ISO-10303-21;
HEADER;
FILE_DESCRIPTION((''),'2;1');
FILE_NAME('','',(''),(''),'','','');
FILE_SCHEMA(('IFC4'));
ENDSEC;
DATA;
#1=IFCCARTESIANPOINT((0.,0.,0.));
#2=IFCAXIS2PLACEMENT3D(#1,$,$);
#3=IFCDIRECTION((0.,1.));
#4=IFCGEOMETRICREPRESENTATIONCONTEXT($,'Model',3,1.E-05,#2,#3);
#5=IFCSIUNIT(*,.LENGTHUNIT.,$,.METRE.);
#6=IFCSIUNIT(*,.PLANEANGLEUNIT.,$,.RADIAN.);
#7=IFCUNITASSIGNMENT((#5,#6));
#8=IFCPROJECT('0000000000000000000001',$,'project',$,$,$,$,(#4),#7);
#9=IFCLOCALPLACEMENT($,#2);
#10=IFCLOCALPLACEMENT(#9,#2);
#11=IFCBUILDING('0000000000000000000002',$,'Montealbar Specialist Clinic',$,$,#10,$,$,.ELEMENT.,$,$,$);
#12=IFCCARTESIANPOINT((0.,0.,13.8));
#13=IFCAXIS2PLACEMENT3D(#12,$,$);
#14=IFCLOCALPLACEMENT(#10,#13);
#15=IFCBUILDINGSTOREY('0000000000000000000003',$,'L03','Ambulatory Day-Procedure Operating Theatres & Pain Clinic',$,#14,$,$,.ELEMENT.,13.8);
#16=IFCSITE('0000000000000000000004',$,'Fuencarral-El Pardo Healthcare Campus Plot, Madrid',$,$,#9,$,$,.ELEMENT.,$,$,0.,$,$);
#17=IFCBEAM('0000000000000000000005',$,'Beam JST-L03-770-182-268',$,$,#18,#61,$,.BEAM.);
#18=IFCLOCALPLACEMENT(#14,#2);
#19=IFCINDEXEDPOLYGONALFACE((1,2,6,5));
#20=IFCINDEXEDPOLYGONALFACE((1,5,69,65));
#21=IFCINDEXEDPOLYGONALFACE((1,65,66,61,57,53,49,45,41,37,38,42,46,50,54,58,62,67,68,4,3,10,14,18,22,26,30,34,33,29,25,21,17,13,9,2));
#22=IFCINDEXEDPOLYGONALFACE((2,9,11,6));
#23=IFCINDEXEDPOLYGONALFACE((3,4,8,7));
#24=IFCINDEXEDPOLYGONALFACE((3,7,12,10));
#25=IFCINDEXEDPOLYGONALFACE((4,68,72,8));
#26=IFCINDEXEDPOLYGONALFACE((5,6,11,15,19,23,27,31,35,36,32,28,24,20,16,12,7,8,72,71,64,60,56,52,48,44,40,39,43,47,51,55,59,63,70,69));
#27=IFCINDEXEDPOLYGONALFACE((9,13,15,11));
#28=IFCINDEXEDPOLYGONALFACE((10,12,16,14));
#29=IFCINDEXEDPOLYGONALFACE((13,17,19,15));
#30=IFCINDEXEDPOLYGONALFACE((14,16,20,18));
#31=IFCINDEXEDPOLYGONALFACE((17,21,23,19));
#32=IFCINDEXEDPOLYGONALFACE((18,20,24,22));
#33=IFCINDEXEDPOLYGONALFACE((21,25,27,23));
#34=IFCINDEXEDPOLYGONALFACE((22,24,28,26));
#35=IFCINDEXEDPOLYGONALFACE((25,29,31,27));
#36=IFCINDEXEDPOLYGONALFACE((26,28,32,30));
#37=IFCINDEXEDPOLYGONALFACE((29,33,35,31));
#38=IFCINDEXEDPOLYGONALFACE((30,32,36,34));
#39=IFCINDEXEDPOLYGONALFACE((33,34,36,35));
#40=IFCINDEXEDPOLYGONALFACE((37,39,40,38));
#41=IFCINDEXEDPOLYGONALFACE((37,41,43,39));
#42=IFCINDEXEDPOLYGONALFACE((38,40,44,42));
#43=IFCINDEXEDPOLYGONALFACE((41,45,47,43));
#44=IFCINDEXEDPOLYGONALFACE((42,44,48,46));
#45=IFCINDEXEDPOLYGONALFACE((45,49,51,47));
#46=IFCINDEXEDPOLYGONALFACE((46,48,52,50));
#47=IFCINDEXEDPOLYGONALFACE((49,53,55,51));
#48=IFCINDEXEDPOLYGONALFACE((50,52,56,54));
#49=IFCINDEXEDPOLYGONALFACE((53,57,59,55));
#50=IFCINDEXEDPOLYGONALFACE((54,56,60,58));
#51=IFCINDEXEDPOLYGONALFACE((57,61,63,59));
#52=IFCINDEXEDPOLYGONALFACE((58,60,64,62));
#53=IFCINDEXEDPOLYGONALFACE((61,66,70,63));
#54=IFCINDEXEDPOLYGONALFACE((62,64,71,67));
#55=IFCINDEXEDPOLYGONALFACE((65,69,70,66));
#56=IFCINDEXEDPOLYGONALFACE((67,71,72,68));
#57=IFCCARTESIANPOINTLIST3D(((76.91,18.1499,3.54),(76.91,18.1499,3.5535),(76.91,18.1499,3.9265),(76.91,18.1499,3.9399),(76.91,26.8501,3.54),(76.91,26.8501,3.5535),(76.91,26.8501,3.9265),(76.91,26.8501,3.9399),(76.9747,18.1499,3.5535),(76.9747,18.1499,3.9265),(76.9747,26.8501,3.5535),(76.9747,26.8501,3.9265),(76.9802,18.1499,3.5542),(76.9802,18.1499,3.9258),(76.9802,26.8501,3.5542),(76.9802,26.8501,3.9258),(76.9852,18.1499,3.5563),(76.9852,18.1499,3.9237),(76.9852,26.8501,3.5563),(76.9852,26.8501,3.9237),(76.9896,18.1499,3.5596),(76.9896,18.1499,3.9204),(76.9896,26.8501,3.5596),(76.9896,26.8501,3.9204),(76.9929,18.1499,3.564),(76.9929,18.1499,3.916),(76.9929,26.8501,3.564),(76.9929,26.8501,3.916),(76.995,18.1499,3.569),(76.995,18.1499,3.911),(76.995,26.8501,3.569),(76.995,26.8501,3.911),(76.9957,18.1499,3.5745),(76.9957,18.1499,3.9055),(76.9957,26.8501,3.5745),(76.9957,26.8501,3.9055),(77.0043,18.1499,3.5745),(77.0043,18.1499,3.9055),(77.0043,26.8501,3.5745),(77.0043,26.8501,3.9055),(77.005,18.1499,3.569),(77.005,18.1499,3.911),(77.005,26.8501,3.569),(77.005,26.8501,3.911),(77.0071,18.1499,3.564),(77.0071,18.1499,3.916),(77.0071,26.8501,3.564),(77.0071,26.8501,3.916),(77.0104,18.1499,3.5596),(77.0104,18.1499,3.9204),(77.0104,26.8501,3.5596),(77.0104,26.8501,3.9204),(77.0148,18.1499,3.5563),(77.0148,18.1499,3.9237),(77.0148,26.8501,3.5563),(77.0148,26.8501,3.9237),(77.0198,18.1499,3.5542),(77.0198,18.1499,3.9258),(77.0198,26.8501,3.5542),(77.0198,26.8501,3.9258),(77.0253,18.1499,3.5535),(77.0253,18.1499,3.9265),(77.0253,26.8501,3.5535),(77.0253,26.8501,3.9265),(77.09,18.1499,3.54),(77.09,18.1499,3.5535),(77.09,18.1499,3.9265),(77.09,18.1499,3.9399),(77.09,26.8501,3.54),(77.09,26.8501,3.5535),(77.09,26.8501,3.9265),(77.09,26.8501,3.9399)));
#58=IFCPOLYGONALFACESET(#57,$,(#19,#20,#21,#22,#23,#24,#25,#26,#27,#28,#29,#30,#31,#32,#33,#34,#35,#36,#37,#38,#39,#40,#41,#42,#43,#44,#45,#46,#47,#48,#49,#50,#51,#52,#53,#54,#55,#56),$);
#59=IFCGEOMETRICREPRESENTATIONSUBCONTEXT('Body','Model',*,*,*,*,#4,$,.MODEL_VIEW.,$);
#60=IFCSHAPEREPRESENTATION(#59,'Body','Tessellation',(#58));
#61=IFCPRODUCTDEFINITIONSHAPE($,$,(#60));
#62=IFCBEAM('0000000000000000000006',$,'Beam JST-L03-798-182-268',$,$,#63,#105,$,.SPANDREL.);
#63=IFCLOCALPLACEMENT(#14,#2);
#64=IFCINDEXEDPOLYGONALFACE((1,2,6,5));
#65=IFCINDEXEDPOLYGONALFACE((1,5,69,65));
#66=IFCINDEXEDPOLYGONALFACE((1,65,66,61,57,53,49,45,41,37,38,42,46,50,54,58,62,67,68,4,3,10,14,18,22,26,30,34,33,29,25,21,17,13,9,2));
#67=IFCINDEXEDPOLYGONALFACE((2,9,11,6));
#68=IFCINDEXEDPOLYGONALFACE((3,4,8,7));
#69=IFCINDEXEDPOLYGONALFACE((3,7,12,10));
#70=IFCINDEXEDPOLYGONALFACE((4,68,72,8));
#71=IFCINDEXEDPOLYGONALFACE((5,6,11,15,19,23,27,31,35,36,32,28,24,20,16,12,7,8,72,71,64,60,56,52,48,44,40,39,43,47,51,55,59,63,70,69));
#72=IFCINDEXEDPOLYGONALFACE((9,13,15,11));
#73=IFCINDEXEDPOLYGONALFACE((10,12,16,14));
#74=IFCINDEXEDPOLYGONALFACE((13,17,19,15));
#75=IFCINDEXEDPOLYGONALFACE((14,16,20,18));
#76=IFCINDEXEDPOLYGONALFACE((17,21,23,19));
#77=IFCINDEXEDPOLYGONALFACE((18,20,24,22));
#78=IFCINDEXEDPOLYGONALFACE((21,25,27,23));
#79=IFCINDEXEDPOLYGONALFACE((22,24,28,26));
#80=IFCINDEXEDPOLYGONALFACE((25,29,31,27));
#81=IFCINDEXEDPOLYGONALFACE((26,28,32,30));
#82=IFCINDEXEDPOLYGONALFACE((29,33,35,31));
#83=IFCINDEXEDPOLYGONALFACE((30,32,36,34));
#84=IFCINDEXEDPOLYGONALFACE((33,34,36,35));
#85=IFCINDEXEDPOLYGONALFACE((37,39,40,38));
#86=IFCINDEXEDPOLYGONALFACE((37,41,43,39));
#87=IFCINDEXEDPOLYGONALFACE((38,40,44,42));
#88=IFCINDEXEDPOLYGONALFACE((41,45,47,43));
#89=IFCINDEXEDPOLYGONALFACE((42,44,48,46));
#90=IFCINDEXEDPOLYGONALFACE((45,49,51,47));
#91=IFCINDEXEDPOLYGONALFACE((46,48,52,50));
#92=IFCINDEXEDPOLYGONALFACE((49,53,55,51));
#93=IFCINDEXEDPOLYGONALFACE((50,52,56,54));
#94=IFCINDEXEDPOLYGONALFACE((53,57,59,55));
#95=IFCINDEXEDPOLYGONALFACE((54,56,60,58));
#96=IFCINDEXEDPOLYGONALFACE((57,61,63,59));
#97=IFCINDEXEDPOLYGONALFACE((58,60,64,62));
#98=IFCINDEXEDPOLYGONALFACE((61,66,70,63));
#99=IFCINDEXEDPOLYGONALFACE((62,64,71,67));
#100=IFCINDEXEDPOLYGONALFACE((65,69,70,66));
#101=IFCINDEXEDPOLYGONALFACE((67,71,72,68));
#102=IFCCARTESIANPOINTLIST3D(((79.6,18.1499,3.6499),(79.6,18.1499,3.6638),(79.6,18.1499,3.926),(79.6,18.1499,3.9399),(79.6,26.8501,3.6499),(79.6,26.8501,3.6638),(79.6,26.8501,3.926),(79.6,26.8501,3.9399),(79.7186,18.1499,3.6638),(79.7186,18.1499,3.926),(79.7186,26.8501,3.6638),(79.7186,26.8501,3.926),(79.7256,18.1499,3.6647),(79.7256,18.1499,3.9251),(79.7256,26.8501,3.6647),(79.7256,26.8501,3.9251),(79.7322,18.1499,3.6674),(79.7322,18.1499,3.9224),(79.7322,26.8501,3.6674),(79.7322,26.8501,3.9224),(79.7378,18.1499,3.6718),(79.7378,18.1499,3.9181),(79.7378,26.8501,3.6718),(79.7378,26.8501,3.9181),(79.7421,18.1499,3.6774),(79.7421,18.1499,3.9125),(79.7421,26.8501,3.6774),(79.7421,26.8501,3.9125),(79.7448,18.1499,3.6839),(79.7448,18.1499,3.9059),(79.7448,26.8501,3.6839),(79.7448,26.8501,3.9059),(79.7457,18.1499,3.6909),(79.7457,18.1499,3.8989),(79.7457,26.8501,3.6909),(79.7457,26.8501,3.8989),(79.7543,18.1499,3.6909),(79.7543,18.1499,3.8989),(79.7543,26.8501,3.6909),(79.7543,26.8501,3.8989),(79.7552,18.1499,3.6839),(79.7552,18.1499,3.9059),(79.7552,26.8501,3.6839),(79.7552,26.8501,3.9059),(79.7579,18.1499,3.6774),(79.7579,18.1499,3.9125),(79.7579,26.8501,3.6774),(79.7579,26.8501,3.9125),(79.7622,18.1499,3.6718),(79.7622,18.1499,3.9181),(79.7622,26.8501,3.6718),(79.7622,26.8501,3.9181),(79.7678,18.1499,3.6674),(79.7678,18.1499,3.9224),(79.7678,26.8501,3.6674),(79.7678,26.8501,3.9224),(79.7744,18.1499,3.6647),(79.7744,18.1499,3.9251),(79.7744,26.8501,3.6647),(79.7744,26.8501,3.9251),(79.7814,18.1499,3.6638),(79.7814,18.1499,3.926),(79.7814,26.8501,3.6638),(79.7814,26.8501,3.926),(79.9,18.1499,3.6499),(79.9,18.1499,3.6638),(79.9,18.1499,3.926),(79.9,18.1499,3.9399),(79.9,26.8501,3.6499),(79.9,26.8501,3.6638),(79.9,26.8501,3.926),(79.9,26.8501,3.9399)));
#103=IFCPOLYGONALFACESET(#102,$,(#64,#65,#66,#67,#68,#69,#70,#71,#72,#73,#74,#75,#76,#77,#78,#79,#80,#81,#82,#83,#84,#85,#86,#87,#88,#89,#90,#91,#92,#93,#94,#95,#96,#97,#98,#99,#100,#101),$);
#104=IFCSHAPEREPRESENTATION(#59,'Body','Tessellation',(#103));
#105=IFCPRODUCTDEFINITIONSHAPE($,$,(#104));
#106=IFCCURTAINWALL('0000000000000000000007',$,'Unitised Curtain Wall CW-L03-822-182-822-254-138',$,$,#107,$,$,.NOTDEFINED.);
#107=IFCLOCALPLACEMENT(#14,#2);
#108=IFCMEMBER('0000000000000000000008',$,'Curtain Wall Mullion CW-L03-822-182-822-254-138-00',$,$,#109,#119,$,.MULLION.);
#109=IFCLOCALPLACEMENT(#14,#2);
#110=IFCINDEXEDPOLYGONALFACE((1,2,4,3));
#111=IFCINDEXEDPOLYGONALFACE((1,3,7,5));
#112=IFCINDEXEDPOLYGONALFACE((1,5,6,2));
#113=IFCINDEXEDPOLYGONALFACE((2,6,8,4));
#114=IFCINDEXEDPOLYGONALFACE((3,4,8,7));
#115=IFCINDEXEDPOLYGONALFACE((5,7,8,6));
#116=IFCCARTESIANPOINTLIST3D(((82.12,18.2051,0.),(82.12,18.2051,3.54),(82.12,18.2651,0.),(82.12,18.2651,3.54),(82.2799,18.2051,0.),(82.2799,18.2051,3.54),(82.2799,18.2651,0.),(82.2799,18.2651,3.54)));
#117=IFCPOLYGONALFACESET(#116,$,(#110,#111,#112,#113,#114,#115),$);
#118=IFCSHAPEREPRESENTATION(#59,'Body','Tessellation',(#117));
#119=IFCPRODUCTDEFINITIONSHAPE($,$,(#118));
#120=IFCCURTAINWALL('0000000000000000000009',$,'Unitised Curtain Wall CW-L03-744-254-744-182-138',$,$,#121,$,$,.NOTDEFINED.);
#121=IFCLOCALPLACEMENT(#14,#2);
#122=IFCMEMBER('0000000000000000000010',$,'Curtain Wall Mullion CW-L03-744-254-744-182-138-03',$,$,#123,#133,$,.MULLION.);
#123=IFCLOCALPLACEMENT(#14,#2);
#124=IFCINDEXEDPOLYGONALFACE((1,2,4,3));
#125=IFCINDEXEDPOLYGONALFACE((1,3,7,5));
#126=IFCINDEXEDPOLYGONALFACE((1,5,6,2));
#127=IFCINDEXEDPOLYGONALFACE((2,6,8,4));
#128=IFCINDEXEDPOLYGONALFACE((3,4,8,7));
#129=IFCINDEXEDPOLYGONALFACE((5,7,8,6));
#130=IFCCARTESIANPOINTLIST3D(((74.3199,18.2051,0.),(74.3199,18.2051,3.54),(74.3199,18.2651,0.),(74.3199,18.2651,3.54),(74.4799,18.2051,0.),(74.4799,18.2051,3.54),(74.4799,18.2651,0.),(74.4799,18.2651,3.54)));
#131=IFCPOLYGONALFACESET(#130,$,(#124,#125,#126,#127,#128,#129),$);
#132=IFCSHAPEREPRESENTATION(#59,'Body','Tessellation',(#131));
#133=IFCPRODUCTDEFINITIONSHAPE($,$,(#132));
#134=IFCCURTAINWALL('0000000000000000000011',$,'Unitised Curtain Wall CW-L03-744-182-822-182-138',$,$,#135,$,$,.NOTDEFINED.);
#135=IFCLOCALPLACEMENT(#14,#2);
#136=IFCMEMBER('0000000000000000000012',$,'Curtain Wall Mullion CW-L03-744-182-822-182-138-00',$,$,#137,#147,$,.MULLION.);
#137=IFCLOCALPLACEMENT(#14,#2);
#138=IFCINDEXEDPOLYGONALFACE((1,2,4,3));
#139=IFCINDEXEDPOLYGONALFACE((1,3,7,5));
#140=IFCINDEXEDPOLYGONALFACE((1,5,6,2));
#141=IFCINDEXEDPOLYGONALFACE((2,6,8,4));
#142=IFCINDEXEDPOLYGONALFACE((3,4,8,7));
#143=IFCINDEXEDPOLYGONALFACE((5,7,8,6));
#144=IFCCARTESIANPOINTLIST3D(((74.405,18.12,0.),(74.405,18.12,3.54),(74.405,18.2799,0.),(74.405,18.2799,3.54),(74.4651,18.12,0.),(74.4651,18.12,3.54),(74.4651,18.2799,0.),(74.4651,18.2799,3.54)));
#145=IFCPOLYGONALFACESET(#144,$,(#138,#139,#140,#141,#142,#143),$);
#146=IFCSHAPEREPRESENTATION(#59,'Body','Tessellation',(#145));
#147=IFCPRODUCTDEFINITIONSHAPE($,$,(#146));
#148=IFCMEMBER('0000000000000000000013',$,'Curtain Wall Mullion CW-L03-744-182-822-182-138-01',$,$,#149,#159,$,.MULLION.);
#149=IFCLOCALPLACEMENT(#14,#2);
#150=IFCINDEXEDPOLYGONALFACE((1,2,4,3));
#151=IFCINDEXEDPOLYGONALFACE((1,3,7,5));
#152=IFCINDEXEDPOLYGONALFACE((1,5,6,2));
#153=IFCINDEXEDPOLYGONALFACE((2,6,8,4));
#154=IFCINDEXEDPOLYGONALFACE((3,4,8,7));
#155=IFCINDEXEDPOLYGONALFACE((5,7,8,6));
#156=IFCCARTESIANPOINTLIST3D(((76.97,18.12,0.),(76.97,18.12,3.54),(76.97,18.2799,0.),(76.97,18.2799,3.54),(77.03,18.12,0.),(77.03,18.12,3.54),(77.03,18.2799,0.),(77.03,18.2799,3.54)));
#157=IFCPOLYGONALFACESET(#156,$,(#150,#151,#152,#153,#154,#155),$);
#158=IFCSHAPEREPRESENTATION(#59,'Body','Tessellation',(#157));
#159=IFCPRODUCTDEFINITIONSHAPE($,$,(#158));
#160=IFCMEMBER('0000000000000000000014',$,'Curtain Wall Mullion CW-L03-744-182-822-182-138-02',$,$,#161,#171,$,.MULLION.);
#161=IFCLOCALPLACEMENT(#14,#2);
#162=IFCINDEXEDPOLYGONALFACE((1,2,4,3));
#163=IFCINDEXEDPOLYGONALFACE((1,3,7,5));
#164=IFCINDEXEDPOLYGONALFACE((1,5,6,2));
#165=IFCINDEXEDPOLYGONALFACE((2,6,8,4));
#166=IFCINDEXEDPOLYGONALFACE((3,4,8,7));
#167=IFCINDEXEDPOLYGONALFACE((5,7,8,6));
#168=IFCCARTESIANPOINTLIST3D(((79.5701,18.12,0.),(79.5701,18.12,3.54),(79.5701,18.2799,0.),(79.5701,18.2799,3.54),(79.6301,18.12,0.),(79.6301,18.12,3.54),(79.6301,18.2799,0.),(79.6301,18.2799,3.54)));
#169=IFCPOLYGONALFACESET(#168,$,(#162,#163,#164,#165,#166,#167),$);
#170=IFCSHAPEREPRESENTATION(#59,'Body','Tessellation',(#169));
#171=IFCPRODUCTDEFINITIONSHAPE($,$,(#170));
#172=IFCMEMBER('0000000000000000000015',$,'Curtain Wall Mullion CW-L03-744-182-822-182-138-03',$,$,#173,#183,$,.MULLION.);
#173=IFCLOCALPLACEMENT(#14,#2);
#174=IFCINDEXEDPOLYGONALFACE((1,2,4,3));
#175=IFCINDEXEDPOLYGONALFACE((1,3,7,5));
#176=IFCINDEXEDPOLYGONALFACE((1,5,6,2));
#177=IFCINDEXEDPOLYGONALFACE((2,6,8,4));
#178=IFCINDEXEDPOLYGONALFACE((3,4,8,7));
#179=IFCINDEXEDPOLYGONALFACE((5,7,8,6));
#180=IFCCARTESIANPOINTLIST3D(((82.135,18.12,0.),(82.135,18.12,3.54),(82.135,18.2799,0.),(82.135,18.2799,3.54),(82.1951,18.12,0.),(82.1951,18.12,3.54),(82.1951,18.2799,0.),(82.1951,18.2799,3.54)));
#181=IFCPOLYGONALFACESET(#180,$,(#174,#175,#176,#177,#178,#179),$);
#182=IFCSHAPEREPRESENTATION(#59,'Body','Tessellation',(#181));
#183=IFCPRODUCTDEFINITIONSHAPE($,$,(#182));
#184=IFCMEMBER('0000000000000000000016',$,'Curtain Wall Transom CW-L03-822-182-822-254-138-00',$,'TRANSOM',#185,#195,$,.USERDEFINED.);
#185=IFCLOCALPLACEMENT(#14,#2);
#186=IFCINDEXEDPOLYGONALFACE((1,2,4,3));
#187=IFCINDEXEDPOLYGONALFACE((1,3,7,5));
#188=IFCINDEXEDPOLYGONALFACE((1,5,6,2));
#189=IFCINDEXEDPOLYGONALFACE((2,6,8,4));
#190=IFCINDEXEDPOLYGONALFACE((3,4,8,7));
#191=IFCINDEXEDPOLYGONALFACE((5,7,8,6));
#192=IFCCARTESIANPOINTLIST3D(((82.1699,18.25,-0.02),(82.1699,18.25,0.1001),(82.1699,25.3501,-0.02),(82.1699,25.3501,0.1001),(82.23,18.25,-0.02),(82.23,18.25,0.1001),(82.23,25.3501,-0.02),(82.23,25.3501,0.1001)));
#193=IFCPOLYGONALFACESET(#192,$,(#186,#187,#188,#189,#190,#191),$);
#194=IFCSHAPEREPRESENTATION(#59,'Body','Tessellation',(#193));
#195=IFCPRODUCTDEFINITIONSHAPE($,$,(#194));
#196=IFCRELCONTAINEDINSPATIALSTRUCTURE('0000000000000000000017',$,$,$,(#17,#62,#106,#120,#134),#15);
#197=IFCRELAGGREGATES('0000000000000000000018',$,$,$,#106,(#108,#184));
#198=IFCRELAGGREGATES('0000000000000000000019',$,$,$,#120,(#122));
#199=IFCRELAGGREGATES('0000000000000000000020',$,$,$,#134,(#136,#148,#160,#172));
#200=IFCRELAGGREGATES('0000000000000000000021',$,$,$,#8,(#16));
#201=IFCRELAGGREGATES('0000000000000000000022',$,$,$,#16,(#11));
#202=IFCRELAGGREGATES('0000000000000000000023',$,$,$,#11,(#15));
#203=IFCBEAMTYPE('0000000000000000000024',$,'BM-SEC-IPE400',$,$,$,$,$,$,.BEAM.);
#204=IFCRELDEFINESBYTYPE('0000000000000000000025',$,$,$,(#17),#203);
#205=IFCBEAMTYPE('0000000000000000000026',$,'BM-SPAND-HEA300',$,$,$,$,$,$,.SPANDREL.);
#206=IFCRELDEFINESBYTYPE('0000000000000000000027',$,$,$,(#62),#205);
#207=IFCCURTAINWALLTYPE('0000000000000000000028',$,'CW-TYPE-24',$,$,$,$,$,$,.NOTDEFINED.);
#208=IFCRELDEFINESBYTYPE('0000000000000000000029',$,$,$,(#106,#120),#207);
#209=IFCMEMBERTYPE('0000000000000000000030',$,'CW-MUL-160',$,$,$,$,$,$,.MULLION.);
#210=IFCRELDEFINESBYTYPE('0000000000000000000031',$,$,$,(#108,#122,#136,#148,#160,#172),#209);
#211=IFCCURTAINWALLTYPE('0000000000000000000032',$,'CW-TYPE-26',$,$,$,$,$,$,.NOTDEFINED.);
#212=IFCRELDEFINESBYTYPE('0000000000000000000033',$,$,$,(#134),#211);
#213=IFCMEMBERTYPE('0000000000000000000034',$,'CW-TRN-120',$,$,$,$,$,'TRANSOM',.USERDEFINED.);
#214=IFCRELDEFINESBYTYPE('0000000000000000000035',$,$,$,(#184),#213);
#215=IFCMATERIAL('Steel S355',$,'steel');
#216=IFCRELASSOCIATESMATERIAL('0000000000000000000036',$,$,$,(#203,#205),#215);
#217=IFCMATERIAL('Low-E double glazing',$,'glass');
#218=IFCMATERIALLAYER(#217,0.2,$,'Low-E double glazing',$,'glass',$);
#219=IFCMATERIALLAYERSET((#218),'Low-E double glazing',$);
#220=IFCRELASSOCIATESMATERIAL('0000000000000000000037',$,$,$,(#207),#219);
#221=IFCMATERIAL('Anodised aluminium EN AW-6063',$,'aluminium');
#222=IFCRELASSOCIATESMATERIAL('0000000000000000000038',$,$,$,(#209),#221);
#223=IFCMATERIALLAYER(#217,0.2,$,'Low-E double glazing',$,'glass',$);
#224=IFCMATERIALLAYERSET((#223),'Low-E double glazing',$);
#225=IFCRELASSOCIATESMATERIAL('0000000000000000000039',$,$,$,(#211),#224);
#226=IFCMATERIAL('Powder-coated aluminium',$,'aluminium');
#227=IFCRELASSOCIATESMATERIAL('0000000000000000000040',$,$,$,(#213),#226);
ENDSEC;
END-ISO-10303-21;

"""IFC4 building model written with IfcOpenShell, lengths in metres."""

from ifc_helpers import new_model, si_unit, direction, frame, origin, origin_2d, place, context, subcontext, project, spatial, rectangle, i_section, extrude, material, layer, layer_set, material_profile, profile_set, type_object, element, aggregate, save


model = new_model("IFC4")

# Units and contexts
model_context = context("Model", 3, precision=1e-05, world=origin(), true_north=direction((0.0, 1.0)))
body_context = subcontext(model_context, "Body", "Model", "MODEL_VIEW")
ifc_project = project(units=[si_unit("LENGTHUNIT", "METRE"), si_unit("PLANEANGLEUNIT", "RADIAN")], contexts=[model_context])

# Site, building, storey
site_placement = place(None, origin())
site = spatial("IfcSite", under=ifc_project, at=site_placement, Name="Fuencarral-El Pardo Healthcare Campus Plot, Madrid", CompositionType="ELEMENT", RefElevation=0.0)
building_placement = place(site_placement, origin())
building = spatial("IfcBuilding", under=site, at=building_placement, Name="Montealbar Specialist Clinic", CompositionType="ELEMENT")
storey_placement = place(building_placement, frame((0.0, 0.0, 13.8)))
storey = spatial("IfcBuildingStorey", under=building, at=storey_placement, Name="L03", Description="Ambulatory Day-Procedure Operating Theatres & Pain Clinic", CompositionType="ELEMENT", Elevation=13.8)

# Shared definitions
ifc_material_1 = material(Name="Steel S355", Category="steel")

# Beams
ifc_material_profile_1 = material_profile(ifc_material_1, i_section(OverallWidth=0.1799, OverallDepth=0.3999, WebThickness=0.0085, FlangeThickness=0.0134, FilletRadius=0.021, at=origin_2d()), Name="IPE 400", Category="steel")
ifc_profile_set_1 = profile_set([ifc_material_profile_1], Name="Steel S355")
beam_type_1 = type_object("IfcBeamType", Name="BM-SEC-IPE400", PredefinedType="BEAM", material=ifc_profile_set_1)
beam_1_placement = place(storey_placement, frame((77.0, 18.1499, 3.74), z_axis=(0.0, 1.0, 0.0), x_axis=(-1.0, 0.0, 0.0)))
element("IfcBeam", 1, at=beam_1_placement, inside=storey, type_object=beam_type_1, Name="Beam JST-L03-770-182-268", PredefinedType="BEAM", context=body_context, shape_type="SweptSolid", body=[
    extrude(i_section(OverallWidth=0.1799, OverallDepth=0.3999, WebThickness=0.0085, FlangeThickness=0.0134, FilletRadius=0.021, at=origin_2d()), origin(), (0.0, 0.0, 1.0), 8.7002),
])
ifc_material_profile_2 = material_profile(ifc_material_1, i_section(OverallWidth=0.3, OverallDepth=0.29, WebThickness=0.0085, FlangeThickness=0.0139, FilletRadius=0.0271, at=origin_2d()), Name="HEA 300", Category="steel")
ifc_profile_set_2 = profile_set([ifc_material_profile_2], Name="Steel S355")
beam_type_2 = type_object("IfcBeamType", Name="BM-SPAND-HEA300", PredefinedType="SPANDREL", material=ifc_profile_set_2)
beam_2_placement = place(storey_placement, frame((79.75, 18.1499, 3.7949), z_axis=(0.0, 1.0, 0.0), x_axis=(-1.0, 0.0, 0.0)))
element("IfcBeam", 2, at=beam_2_placement, inside=storey, type_object=beam_type_2, Name="Beam JST-L03-798-182-268", PredefinedType="SPANDREL", context=body_context, shape_type="SweptSolid", body=[
    extrude(i_section(OverallWidth=0.3, OverallDepth=0.29, WebThickness=0.0085, FlangeThickness=0.0139, FilletRadius=0.0271, at=origin_2d()), origin(), (0.0, 0.0, 1.0), 8.7002),
])

# Curtain walls, members
ifc_material_2 = material(Name="Low-E double glazing", Category="glass")
ifc_layer_1 = layer(ifc_material_2, 0.2, Name="Low-E double glazing", Category="glass")
ifc_layer_set_1 = layer_set([ifc_layer_1], Name="Low-E double glazing")
curtain_wall_type_1 = type_object("IfcCurtainWallType", Name="CW-TYPE-24", PredefinedType="NOTDEFINED", material=ifc_layer_set_1)
curtain_wall_1_placement = place(storey_placement, origin())
curtain_wall_1 = element("IfcCurtainWall", 3, at=curtain_wall_1_placement, inside=storey, type_object=curtain_wall_type_1, Name="Unitised Curtain Wall CW-L03-822-182-822-254-138", PredefinedType="NOTDEFINED")
ifc_material_3 = material(Name="Anodised aluminium EN AW-6063", Category="aluminium")
ifc_material_profile_3 = material_profile(ifc_material_3, rectangle(XDim=0.0601, YDim=0.1599, at=origin_2d()), Name="ALU 60x160", Category="aluminium")
ifc_profile_set_3 = profile_set([ifc_material_profile_3], Name="Anodised aluminium EN AW-6063")
member_type_1 = type_object("IfcMemberType", Name="CW-MUL-160", PredefinedType="MULLION", material=ifc_profile_set_3)
member_1_placement = place(storey_placement, frame((82.2, 18.2351, 0.0), z_axis=(0.0, 0.0, 1.0), x_axis=(0.0, 1.0, 0.0)))
member_1 = element("IfcMember", 4, at=member_1_placement, type_object=member_type_1, Name="Curtain Wall Mullion CW-L03-822-182-822-254-138-00", PredefinedType="MULLION", context=body_context, shape_type="SweptSolid", body=[
    extrude(rectangle(XDim=0.0601, YDim=0.1599, at=origin_2d()), origin(), (0.0, 0.0, 1.0), 3.54),
])
curtain_wall_2_placement = place(storey_placement, origin())
curtain_wall_2 = element("IfcCurtainWall", 5, at=curtain_wall_2_placement, inside=storey, type_object=curtain_wall_type_1, Name="Unitised Curtain Wall CW-L03-744-254-744-182-138", PredefinedType="NOTDEFINED")
member_2_placement = place(storey_placement, frame((74.3999, 18.2351, 0.0), z_axis=(0.0, 0.0, 1.0), x_axis=(0.0, -1.0, 0.0)))
member_2 = element("IfcMember", 6, at=member_2_placement, type_object=member_type_1, Name="Curtain Wall Mullion CW-L03-744-254-744-182-138-03", PredefinedType="MULLION", context=body_context, shape_type="SweptSolid", body=[
    extrude(rectangle(XDim=0.0601, YDim=0.1599, at=origin_2d()), origin(), (0.0, 0.0, 1.0), 3.54),
])

# Curtain wall, members
ifc_layer_2 = layer(ifc_material_2, 0.2, Name="Low-E double glazing", Category="glass")
ifc_layer_set_2 = layer_set([ifc_layer_2], Name="Low-E double glazing")
curtain_wall_type_2 = type_object("IfcCurtainWallType", Name="CW-TYPE-26", PredefinedType="NOTDEFINED", material=ifc_layer_set_2)
curtain_wall_3_placement = place(storey_placement, origin())
curtain_wall_3 = element("IfcCurtainWall", 7, at=curtain_wall_3_placement, inside=storey, type_object=curtain_wall_type_2, Name="Unitised Curtain Wall CW-L03-744-182-822-182-138", PredefinedType="NOTDEFINED")
member_3_placement = place(storey_placement, frame((74.4351, 18.2, 0.0), z_axis=(0.0, 0.0, 1.0), x_axis=(1.0, 0.0, 0.0)))
member_3 = element("IfcMember", 8, at=member_3_placement, type_object=member_type_1, Name="Curtain Wall Mullion CW-L03-744-182-822-182-138-00", PredefinedType="MULLION", context=body_context, shape_type="SweptSolid", body=[
    extrude(rectangle(XDim=0.0601, YDim=0.1599, at=origin_2d()), origin(), (0.0, 0.0, 1.0), 3.54),
])
member_4_placement = place(storey_placement, frame((77.0, 18.2, 0.0), z_axis=(0.0, 0.0, 1.0), x_axis=(1.0, 0.0, 0.0)))
member_4 = element("IfcMember", 9, at=member_4_placement, type_object=member_type_1, Name="Curtain Wall Mullion CW-L03-744-182-822-182-138-01", PredefinedType="MULLION", context=body_context, shape_type="SweptSolid", body=[
    extrude(rectangle(XDim=0.0601, YDim=0.1599, at=origin_2d()), origin(), (0.0, 0.0, 1.0), 3.54),
])
member_5_placement = place(storey_placement, frame((79.6001, 18.2, 0.0), z_axis=(0.0, 0.0, 1.0), x_axis=(1.0, 0.0, 0.0)))
member_5 = element("IfcMember", 10, at=member_5_placement, type_object=member_type_1, Name="Curtain Wall Mullion CW-L03-744-182-822-182-138-02", PredefinedType="MULLION", context=body_context, shape_type="SweptSolid", body=[
    extrude(rectangle(XDim=0.0601, YDim=0.1599, at=origin_2d()), origin(), (0.0, 0.0, 1.0), 3.54),
])
member_6_placement = place(storey_placement, frame((82.165, 18.2, 0.0), z_axis=(0.0, 0.0, 1.0), x_axis=(1.0, 0.0, 0.0)))
member_6 = element("IfcMember", 11, at=member_6_placement, type_object=member_type_1, Name="Curtain Wall Mullion CW-L03-744-182-822-182-138-03", PredefinedType="MULLION", context=body_context, shape_type="SweptSolid", body=[
    extrude(rectangle(XDim=0.0601, YDim=0.1599, at=origin_2d()), origin(), (0.0, 0.0, 1.0), 3.54),
])

# Member
ifc_material_4 = material(Name="Powder-coated aluminium", Category="aluminium")
ifc_material_profile_4 = material_profile(ifc_material_4, rectangle(XDim=0.0601, YDim=0.1201, at=origin_2d()), Name="ALU 60x120", Category="aluminium")
ifc_profile_set_4 = profile_set([ifc_material_profile_4], Name="Powder-coated aluminium")
member_type_2 = type_object("IfcMemberType", Name="CW-TRN-120", ElementType="TRANSOM", PredefinedType="USERDEFINED", material=ifc_profile_set_4)
member_7_placement = place(storey_placement, frame((82.2, 18.25, 0.04), z_axis=(0.0, 1.0, 0.0), x_axis=(-1.0, 0.0, 0.0)))
member_7 = element("IfcMember", 12, at=member_7_placement, type_object=member_type_2, Name="Curtain Wall Transom CW-L03-822-182-822-254-138-00", ObjectType="TRANSOM", PredefinedType="USERDEFINED", context=body_context, shape_type="SweptSolid", body=[
    extrude(rectangle(XDim=0.0601, YDim=0.1201, at=origin_2d()), origin(), (0.0, 0.0, 1.0), 7.1001),
])
aggregate(curtain_wall_1, [member_1, member_7])

aggregate(curtain_wall_2, [member_2])
aggregate(curtain_wall_3, [member_3, member_4, member_5, member_6])

save(model, "model.ifc")
